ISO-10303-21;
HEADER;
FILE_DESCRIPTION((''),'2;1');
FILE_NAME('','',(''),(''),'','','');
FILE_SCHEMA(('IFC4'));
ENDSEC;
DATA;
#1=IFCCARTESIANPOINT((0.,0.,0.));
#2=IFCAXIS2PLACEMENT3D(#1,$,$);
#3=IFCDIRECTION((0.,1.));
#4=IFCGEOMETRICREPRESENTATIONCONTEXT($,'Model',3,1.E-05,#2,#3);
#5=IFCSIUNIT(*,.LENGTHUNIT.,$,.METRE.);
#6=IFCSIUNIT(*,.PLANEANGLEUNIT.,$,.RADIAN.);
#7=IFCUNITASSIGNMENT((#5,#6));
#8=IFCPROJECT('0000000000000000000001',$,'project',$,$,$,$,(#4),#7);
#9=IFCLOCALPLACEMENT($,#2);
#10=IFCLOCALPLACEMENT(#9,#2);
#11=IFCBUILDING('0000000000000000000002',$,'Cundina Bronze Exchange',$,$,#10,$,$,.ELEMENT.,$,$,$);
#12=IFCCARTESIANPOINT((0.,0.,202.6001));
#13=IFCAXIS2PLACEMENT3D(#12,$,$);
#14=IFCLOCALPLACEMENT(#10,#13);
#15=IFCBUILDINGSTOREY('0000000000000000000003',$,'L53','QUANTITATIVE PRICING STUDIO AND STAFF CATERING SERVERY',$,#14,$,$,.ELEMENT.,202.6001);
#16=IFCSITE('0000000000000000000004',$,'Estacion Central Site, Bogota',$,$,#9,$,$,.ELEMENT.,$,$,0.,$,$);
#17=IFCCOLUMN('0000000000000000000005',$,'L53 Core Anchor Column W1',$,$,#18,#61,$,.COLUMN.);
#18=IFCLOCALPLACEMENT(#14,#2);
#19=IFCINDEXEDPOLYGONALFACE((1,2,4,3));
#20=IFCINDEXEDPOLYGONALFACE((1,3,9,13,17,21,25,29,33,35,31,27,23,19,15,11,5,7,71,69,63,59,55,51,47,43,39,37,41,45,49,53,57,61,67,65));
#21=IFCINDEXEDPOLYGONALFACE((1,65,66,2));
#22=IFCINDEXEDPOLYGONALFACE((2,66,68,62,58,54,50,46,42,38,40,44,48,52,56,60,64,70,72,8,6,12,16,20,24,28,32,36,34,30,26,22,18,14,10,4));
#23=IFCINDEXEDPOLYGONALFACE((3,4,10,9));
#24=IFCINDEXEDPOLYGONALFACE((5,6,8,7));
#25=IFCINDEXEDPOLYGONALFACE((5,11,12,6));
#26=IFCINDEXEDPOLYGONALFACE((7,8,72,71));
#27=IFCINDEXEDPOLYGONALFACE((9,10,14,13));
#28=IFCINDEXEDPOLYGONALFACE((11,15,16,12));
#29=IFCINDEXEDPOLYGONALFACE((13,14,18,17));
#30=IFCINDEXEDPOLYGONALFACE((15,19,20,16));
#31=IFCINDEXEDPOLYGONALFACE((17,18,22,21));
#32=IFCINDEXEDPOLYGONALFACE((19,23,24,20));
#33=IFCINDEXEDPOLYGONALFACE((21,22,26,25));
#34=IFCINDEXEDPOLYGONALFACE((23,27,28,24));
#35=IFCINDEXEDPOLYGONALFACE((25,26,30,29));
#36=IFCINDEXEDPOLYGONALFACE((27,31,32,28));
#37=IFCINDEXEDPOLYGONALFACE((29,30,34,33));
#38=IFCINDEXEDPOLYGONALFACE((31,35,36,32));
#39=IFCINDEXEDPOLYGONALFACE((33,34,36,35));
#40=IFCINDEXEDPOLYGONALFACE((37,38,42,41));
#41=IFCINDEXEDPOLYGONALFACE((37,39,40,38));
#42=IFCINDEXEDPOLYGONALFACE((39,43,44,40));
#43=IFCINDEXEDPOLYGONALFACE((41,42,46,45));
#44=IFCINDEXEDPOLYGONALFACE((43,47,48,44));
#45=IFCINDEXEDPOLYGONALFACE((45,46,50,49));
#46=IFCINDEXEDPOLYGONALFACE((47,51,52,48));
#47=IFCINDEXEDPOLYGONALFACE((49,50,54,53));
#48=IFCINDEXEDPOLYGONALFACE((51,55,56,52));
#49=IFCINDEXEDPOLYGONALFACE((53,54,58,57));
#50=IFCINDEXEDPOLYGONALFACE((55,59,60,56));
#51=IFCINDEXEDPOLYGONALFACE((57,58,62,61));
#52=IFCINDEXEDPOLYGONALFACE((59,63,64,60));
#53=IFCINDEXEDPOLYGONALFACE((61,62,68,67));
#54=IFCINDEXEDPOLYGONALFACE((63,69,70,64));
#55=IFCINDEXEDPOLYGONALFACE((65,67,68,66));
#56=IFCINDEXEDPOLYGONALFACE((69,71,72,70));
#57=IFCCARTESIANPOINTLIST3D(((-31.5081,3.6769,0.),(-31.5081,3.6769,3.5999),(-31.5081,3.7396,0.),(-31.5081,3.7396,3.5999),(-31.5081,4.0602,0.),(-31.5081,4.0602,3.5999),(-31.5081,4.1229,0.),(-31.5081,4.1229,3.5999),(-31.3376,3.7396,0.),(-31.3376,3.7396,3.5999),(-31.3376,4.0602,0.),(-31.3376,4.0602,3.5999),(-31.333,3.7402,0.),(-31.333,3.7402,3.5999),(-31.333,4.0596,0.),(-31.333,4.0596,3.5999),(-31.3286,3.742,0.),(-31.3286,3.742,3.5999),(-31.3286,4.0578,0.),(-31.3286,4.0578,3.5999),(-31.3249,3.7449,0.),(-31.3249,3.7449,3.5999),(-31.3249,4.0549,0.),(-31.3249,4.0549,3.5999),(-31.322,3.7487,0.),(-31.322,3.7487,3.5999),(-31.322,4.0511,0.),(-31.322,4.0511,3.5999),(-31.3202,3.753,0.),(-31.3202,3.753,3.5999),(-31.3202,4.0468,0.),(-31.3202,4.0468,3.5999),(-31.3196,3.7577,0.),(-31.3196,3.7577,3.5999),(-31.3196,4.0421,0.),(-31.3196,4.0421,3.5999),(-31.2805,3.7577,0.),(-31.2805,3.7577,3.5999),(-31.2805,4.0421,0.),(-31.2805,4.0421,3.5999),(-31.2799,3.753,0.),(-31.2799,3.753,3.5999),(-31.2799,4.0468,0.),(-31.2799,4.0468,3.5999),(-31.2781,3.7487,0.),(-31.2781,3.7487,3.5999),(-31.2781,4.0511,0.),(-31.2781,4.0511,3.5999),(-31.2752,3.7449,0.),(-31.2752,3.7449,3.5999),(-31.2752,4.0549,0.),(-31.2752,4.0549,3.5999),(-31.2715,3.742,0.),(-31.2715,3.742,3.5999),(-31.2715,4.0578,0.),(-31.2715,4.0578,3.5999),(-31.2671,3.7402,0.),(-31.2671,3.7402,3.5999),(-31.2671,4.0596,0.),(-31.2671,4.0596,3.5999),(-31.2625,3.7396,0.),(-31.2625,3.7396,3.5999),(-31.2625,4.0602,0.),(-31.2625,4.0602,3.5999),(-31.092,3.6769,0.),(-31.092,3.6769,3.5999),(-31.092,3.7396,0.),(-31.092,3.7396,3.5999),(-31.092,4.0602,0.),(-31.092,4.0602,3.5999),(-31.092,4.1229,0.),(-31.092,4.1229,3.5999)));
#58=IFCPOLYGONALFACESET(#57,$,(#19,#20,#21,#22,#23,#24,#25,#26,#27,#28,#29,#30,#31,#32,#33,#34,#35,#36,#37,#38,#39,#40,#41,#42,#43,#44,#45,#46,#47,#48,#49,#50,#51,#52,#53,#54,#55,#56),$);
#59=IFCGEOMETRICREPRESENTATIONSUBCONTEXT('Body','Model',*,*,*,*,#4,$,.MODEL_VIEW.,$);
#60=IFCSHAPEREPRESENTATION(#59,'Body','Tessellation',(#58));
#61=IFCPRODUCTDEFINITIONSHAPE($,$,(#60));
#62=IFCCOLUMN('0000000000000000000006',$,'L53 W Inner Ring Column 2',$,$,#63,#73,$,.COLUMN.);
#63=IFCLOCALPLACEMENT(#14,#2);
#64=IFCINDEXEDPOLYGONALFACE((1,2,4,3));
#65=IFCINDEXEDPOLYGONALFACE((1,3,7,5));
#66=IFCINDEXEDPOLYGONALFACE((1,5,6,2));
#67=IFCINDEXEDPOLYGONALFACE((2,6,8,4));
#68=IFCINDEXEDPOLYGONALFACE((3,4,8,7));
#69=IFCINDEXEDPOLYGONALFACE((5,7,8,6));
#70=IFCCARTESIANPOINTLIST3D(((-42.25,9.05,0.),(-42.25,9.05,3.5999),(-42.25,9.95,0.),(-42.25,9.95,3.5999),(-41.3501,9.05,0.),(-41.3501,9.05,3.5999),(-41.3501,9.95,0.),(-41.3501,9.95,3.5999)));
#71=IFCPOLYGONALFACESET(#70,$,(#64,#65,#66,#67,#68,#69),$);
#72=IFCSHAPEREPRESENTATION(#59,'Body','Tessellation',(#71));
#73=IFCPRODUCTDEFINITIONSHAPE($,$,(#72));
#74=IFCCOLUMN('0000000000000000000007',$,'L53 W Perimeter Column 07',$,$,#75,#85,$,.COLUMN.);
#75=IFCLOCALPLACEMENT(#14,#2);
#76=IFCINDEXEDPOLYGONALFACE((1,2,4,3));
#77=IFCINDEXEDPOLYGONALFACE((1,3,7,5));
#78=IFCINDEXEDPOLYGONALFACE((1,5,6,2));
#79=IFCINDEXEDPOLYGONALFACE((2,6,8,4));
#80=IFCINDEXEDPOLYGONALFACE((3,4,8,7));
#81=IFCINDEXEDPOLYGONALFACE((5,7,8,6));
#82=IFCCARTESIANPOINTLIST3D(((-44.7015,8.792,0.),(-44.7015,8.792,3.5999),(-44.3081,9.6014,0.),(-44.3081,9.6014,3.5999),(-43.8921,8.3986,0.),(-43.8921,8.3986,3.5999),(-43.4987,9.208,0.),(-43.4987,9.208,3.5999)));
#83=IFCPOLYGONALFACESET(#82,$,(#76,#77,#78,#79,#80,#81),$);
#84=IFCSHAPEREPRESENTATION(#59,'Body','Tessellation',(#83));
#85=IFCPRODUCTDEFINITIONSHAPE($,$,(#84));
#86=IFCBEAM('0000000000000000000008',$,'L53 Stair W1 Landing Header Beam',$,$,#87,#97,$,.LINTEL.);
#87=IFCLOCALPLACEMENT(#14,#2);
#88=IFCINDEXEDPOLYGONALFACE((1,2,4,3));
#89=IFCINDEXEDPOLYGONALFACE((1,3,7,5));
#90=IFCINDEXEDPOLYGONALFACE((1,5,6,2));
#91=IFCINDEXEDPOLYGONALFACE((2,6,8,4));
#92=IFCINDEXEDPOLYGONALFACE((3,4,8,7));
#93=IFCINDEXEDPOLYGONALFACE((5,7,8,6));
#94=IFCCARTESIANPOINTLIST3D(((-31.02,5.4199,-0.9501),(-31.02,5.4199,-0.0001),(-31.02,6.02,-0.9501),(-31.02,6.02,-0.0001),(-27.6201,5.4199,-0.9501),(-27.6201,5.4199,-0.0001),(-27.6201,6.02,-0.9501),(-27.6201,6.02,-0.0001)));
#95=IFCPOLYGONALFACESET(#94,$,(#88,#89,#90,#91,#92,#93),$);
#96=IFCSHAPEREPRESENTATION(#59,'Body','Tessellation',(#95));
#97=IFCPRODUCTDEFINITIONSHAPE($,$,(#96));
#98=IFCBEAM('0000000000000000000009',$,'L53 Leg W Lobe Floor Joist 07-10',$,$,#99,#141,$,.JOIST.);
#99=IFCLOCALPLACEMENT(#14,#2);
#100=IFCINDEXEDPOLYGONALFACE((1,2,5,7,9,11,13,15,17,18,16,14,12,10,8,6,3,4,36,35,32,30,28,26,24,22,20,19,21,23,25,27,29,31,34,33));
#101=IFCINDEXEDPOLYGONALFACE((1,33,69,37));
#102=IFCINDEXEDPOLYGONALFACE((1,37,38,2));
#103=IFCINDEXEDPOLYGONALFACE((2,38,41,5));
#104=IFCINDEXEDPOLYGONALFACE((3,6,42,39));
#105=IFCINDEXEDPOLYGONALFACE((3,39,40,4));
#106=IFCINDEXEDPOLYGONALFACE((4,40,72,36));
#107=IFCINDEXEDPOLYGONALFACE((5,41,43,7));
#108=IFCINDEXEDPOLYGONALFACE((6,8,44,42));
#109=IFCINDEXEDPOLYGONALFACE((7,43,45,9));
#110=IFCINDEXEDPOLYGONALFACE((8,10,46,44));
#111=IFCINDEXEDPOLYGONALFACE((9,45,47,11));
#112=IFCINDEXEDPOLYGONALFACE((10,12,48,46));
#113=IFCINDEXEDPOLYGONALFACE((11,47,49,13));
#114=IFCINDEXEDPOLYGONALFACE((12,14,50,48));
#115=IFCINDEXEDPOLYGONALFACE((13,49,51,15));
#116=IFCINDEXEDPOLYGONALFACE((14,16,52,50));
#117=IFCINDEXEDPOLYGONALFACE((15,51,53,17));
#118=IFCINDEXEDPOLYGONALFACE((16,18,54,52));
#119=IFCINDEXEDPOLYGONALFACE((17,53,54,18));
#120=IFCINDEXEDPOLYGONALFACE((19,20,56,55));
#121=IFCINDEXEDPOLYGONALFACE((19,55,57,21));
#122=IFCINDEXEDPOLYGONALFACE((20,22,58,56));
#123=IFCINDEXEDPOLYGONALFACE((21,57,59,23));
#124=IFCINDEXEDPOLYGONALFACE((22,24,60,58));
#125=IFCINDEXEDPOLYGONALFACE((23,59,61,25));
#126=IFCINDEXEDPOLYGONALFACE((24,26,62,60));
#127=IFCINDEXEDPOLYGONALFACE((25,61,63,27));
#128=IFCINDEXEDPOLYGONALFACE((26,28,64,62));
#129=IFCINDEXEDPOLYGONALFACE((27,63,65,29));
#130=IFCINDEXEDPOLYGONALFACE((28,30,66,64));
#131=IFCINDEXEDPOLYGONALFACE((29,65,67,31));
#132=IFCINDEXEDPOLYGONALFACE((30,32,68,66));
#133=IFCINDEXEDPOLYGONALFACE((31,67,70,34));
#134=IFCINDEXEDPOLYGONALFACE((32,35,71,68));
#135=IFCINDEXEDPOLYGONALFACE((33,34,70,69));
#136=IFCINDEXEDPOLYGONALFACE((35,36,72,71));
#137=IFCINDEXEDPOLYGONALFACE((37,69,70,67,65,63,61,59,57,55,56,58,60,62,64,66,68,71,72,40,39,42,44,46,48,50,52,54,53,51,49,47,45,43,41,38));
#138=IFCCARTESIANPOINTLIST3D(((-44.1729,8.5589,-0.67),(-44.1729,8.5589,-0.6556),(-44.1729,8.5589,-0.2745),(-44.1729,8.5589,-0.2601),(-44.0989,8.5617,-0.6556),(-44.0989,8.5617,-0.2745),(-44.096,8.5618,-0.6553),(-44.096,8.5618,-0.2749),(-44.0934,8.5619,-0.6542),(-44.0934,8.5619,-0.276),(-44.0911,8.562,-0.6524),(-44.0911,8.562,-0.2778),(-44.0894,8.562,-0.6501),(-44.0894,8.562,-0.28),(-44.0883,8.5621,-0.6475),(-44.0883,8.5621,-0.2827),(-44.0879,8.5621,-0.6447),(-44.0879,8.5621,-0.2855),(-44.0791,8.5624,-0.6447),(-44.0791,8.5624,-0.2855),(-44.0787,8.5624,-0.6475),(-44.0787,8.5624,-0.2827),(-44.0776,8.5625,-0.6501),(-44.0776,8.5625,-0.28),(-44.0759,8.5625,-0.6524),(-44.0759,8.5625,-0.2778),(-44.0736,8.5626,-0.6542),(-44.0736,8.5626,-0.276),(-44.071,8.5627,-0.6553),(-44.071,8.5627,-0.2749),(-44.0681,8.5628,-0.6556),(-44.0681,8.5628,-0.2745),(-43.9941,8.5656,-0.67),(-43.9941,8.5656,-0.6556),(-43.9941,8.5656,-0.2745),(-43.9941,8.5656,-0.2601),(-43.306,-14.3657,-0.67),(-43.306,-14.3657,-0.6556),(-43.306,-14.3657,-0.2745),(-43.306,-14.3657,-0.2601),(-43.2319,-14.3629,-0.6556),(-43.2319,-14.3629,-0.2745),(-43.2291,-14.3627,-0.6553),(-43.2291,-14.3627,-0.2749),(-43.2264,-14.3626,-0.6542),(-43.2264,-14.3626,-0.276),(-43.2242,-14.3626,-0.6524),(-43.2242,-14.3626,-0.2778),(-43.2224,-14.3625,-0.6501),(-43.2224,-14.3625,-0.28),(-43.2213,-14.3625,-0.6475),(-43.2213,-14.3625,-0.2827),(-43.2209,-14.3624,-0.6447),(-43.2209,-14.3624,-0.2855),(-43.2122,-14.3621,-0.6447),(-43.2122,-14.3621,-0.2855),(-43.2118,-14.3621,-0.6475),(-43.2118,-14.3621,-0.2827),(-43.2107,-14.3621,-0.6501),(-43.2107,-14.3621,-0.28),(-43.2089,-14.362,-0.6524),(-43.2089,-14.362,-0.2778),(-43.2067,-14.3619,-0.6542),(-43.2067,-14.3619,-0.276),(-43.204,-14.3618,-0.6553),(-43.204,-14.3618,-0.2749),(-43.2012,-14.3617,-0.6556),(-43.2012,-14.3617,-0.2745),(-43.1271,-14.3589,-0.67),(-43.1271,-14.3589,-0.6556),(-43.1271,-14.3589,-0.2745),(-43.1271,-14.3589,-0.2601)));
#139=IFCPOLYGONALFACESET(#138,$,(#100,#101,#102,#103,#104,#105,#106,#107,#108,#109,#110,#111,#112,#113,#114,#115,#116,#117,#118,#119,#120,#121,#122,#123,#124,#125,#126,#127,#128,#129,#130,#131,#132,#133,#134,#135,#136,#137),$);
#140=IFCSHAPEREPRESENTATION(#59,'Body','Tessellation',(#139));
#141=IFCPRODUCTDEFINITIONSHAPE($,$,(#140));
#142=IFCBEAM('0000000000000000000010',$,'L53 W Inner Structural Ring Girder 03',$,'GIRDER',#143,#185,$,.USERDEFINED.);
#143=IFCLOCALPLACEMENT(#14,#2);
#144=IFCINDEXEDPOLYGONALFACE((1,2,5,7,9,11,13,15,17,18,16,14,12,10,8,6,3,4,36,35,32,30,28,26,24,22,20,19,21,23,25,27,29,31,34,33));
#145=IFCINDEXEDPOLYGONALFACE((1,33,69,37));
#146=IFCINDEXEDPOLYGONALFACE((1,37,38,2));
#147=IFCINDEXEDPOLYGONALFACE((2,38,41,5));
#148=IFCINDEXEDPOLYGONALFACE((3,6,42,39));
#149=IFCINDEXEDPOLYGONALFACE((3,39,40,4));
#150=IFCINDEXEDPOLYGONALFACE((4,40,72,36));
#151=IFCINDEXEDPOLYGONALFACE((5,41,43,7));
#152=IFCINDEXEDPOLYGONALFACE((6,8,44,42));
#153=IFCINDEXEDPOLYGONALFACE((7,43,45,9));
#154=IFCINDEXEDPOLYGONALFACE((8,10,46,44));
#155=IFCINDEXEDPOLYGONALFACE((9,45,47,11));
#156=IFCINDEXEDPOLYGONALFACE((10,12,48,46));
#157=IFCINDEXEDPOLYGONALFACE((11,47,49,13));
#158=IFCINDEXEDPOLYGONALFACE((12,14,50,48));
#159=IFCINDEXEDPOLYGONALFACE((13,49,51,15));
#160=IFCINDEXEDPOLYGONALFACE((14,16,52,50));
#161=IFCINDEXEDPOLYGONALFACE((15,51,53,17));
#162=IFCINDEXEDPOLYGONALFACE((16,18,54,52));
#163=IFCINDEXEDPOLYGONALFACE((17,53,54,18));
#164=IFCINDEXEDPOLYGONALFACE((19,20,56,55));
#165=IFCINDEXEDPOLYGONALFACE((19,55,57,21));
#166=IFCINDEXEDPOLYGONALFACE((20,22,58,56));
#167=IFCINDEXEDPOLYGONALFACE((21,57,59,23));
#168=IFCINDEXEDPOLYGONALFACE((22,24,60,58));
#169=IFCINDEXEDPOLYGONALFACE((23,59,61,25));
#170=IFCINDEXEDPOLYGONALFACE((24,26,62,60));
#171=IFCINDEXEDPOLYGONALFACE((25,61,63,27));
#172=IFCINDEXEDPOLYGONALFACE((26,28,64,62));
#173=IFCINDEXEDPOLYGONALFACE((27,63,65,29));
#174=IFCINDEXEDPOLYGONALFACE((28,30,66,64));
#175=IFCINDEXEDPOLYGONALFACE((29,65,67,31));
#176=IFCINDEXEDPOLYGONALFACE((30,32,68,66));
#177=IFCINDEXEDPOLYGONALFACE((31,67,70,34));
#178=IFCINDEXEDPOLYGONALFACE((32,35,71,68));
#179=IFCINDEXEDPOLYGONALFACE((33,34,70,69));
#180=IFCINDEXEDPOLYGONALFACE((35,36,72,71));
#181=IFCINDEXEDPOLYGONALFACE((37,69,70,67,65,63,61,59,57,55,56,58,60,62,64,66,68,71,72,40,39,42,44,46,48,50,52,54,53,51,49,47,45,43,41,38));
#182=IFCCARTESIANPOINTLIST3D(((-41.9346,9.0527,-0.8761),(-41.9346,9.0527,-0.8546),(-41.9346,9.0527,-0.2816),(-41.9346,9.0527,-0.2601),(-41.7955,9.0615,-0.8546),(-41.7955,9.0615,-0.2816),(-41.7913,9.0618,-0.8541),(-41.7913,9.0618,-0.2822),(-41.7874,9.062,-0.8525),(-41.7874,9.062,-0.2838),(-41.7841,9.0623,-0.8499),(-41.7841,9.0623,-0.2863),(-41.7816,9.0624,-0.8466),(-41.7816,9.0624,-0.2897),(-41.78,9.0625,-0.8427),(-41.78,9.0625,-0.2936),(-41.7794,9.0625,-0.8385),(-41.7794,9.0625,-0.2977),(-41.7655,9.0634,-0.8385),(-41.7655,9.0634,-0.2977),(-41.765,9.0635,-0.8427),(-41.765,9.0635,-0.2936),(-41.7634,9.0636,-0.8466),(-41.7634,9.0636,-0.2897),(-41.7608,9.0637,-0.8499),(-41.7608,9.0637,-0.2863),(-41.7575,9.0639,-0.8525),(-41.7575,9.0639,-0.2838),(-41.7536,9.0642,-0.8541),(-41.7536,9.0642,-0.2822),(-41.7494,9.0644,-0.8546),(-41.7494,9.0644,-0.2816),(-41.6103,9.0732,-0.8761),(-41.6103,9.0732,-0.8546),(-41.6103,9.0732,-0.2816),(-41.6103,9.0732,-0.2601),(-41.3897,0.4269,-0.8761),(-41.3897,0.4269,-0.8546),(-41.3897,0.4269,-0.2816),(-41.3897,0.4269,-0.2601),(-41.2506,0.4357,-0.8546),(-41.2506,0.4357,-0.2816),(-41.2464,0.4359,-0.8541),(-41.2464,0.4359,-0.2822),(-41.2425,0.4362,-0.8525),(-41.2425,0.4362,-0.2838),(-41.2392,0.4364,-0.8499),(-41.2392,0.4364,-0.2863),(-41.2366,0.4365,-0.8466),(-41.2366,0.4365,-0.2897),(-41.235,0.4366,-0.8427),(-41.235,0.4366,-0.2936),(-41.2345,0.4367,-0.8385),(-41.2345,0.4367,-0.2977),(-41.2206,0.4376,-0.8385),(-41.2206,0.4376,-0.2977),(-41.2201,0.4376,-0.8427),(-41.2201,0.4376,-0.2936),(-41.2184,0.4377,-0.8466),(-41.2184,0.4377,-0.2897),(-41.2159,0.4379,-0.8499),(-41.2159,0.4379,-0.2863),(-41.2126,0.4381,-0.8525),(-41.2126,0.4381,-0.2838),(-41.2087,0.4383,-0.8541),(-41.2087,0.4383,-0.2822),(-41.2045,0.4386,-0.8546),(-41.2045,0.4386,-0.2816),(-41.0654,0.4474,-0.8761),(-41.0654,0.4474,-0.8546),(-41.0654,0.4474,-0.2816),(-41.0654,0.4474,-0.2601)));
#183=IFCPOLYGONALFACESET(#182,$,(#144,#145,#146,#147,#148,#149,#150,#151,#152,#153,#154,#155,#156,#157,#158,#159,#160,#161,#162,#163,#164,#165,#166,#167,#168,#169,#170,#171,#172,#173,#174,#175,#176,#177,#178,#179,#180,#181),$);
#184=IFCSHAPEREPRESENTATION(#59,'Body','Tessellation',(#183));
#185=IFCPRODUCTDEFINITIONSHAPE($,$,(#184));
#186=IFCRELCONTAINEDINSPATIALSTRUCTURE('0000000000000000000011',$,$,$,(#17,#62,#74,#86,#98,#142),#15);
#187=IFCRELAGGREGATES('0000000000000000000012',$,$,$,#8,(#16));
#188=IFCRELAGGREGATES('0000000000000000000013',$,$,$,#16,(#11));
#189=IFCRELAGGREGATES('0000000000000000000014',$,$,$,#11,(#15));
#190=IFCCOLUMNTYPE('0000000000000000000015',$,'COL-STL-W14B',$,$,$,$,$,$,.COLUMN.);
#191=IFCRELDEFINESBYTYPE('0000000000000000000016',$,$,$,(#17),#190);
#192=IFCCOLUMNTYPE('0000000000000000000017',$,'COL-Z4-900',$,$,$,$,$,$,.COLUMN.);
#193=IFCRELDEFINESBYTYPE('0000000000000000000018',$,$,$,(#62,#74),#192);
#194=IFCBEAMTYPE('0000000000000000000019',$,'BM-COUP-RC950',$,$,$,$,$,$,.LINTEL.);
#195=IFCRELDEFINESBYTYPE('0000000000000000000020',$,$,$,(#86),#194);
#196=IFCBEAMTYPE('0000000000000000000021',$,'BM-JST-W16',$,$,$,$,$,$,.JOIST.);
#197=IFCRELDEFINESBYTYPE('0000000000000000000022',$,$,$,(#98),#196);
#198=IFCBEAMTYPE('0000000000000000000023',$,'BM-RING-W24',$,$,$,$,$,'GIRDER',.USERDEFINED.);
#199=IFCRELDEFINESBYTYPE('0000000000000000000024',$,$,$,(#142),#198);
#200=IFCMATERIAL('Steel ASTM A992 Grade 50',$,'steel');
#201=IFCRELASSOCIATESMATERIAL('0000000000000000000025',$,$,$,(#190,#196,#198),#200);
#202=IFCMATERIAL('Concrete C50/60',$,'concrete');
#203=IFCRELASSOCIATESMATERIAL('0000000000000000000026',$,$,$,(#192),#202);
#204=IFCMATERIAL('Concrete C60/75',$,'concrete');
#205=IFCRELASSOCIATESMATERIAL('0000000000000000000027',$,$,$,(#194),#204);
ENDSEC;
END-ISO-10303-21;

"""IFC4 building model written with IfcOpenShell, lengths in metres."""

from ifc_helpers import new_model, si_unit, direction, frame, origin, origin_2d, place, context, subcontext, project, spatial, rectangle, i_section, extrude, material, material_profile, profile_set, type_object, element, save


model = new_model("IFC4")

# Units and contexts
model_context = context("Model", 3, precision=1e-05, world=origin(), true_north=direction((0.0, 1.0)))
body_context = subcontext(model_context, "Body", "Model", "MODEL_VIEW")
ifc_project = project(units=[si_unit("LENGTHUNIT", "METRE"), si_unit("PLANEANGLEUNIT", "RADIAN")], contexts=[model_context])

# Site, building, storey
site_placement = place(None, origin())
site = spatial("IfcSite", under=ifc_project, at=site_placement, Name="Estacion Central Site, Bogota", CompositionType="ELEMENT", RefElevation=0.0)
building_placement = place(site_placement, origin())
building = spatial("IfcBuilding", under=site, at=building_placement, Name="Cundina Bronze Exchange", CompositionType="ELEMENT")
storey_placement = place(building_placement, frame((0.0, 0.0, 202.6001)))
storey = spatial("IfcBuildingStorey", under=building, at=storey_placement, Name="L53", Description="QUANTITATIVE PRICING STUDIO AND STAFF CATERING SERVERY", CompositionType="ELEMENT", Elevation=202.6001)

# Columns
ifc_material_1 = material(Name="Steel ASTM A992 Grade 50", Category="steel")
ifc_material_profile_1 = material_profile(ifc_material_1, i_section(OverallWidth=0.416, OverallDepth=0.446, WebThickness=0.0391, FlangeThickness=0.0627, FilletRadius=0.0181, at=origin_2d()), Name="W14X342", Category="steel")
ifc_profile_set_1 = profile_set([ifc_material_profile_1], Name="Steel ASTM A992 Grade 50")
column_type_1 = type_object("IfcColumnType", Name="COL-STL-W14B", PredefinedType="COLUMN", material=ifc_profile_set_1)
column_placement = place(storey_placement, frame((-31.3, 3.8999, 0.0), z_axis=(0.0, 0.0, 1.0), x_axis=(1.0, 0.0, 0.0)))
element("IfcColumn", 1, at=column_placement, inside=storey, type_object=column_type_1, Name="L53 Core Anchor Column W1", PredefinedType="COLUMN", context=body_context, shape_type="SweptSolid", body=[
    extrude(i_section(OverallWidth=0.416, OverallDepth=0.446, WebThickness=0.0391, FlangeThickness=0.0627, FilletRadius=0.0181, at=origin_2d()), origin(), (0.0, 0.0, 1.0), 3.5999),
])
ifc_material_2 = material(Name="Concrete C50/60", Category="concrete")
ifc_material_profile_2 = material_profile(ifc_material_2, rectangle(XDim=0.8999, YDim=0.8999, at=origin_2d()), Name="RC900X900", Category="concrete")
ifc_profile_set_2 = profile_set([ifc_material_profile_2], Name="Concrete C50/60")
column_type_2 = type_object("IfcColumnType", Name="COL-Z4-900", PredefinedType="COLUMN", material=ifc_profile_set_2)
for number, where, z_axis, x_axis, name in (
    (2, (-41.8, 9.5, 0.0), (0.0, 0.0, 1.0), (1.0, 0.0, 0.0), "L53 W Inner Ring Column 2"),
    (3, (-44.1001, 9.0, 0.0), (0.0, 0.0, 1.0), (-0.437116, -0.899405, 0.0), "L53 W Perimeter Column 07"),
):
    element("IfcColumn", number, at=place(storey_placement, frame(where, z_axis=z_axis, x_axis=x_axis)), inside=storey, type_object=column_type_2, Name=name, PredefinedType="COLUMN", context=body_context, shape_type="SweptSolid", body=[
        extrude(rectangle(XDim=0.8999, YDim=0.8999, at=origin_2d()), origin(), (0.0, 0.0, 1.0), 3.5999),
    ])

# Beams
ifc_material_3 = material(Name="Concrete C60/75", Category="concrete")
ifc_material_profile_3 = material_profile(ifc_material_3, rectangle(XDim=0.6001, YDim=0.95, at=origin_2d()), Name="RC600X950", Category="concrete")
ifc_profile_set_3 = profile_set([ifc_material_profile_3], Name="Concrete C60/75")
beam_type_1 = type_object("IfcBeamType", Name="BM-COUP-RC950", PredefinedType="LINTEL", material=ifc_profile_set_3)
beam_1_placement = place(storey_placement, frame((-31.02, 5.72, -0.4751), z_axis=(1.0, 0.0, 0.0), x_axis=(0.0, 1.0, 0.0)))
element("IfcBeam", 4, at=beam_1_placement, inside=storey, type_object=beam_type_1, Name="L53 Stair W1 Landing Header Beam", PredefinedType="LINTEL", context=body_context, shape_type="SweptSolid", body=[
    extrude(rectangle(XDim=0.6001, YDim=0.95, at=origin_2d()), origin(), (0.0, 0.0, 1.0), 3.3999),
])
ifc_material_profile_4 = material_profile(ifc_material_1, i_section(OverallWidth=0.179, OverallDepth=0.4099, WebThickness=0.0088, FlangeThickness=0.0144, FilletRadius=0.011, at=origin_2d()), Name="W16X45", Category="steel")
ifc_profile_set_4 = profile_set([ifc_material_profile_4], Name="Steel ASTM A992 Grade 50")
beam_type_2 = type_object("IfcBeamType", Name="BM-JST-W16", PredefinedType="JOIST", material=ifc_profile_set_4)
beam_2_placement = place(storey_placement, frame((-44.0835, 8.5623, -0.4651), z_axis=(0.03779, -0.999286, 0.0), x_axis=(0.999286, 0.03779, 0.0)))
element("IfcBeam", 5, at=beam_2_placement, inside=storey, type_object=beam_type_2, Name="L53 Leg W Lobe Floor Joist 07-10", PredefinedType="JOIST", context=body_context, shape_type="SweptSolid", body=[
    extrude(i_section(OverallWidth=0.179, OverallDepth=0.4099, WebThickness=0.0088, FlangeThickness=0.0144, FilletRadius=0.011, at=origin_2d()), origin(), (0.0, 0.0, 1.0), 22.9409),
])
ifc_material_profile_5 = material_profile(ifc_material_1, i_section(OverallWidth=0.325, OverallDepth=0.616, WebThickness=0.0139, FlangeThickness=0.0215, FilletRadius=0.0161, at=origin_2d()), Name="W24X117", Category="steel")
ifc_profile_set_5 = profile_set([ifc_material_profile_5], Name="Steel ASTM A992 Grade 50")
beam_type_3 = type_object("IfcBeamType", Name="BM-RING-W24", ElementType="GIRDER", PredefinedType="USERDEFINED", material=ifc_profile_set_5)
beam_3_placement = place(storey_placement, frame((-41.7725, 9.063, -0.5681), z_axis=(0.063047, -0.998011, 0.0), x_axis=(0.998011, 0.063047, 0.0)))
element("IfcBeam", 6, at=beam_3_placement, inside=storey, type_object=beam_type_3, Name="L53 W Inner Structural Ring Girder 03", ObjectType="GIRDER", PredefinedType="USERDEFINED", context=body_context, shape_type="SweptSolid", body=[
    extrude(i_section(OverallWidth=0.325, OverallDepth=0.616, WebThickness=0.0139, FlangeThickness=0.0215, FilletRadius=0.0161, at=origin_2d()), origin(), (0.0, 0.0, 1.0), 8.6431),
])

save(model, "model.ifc")
